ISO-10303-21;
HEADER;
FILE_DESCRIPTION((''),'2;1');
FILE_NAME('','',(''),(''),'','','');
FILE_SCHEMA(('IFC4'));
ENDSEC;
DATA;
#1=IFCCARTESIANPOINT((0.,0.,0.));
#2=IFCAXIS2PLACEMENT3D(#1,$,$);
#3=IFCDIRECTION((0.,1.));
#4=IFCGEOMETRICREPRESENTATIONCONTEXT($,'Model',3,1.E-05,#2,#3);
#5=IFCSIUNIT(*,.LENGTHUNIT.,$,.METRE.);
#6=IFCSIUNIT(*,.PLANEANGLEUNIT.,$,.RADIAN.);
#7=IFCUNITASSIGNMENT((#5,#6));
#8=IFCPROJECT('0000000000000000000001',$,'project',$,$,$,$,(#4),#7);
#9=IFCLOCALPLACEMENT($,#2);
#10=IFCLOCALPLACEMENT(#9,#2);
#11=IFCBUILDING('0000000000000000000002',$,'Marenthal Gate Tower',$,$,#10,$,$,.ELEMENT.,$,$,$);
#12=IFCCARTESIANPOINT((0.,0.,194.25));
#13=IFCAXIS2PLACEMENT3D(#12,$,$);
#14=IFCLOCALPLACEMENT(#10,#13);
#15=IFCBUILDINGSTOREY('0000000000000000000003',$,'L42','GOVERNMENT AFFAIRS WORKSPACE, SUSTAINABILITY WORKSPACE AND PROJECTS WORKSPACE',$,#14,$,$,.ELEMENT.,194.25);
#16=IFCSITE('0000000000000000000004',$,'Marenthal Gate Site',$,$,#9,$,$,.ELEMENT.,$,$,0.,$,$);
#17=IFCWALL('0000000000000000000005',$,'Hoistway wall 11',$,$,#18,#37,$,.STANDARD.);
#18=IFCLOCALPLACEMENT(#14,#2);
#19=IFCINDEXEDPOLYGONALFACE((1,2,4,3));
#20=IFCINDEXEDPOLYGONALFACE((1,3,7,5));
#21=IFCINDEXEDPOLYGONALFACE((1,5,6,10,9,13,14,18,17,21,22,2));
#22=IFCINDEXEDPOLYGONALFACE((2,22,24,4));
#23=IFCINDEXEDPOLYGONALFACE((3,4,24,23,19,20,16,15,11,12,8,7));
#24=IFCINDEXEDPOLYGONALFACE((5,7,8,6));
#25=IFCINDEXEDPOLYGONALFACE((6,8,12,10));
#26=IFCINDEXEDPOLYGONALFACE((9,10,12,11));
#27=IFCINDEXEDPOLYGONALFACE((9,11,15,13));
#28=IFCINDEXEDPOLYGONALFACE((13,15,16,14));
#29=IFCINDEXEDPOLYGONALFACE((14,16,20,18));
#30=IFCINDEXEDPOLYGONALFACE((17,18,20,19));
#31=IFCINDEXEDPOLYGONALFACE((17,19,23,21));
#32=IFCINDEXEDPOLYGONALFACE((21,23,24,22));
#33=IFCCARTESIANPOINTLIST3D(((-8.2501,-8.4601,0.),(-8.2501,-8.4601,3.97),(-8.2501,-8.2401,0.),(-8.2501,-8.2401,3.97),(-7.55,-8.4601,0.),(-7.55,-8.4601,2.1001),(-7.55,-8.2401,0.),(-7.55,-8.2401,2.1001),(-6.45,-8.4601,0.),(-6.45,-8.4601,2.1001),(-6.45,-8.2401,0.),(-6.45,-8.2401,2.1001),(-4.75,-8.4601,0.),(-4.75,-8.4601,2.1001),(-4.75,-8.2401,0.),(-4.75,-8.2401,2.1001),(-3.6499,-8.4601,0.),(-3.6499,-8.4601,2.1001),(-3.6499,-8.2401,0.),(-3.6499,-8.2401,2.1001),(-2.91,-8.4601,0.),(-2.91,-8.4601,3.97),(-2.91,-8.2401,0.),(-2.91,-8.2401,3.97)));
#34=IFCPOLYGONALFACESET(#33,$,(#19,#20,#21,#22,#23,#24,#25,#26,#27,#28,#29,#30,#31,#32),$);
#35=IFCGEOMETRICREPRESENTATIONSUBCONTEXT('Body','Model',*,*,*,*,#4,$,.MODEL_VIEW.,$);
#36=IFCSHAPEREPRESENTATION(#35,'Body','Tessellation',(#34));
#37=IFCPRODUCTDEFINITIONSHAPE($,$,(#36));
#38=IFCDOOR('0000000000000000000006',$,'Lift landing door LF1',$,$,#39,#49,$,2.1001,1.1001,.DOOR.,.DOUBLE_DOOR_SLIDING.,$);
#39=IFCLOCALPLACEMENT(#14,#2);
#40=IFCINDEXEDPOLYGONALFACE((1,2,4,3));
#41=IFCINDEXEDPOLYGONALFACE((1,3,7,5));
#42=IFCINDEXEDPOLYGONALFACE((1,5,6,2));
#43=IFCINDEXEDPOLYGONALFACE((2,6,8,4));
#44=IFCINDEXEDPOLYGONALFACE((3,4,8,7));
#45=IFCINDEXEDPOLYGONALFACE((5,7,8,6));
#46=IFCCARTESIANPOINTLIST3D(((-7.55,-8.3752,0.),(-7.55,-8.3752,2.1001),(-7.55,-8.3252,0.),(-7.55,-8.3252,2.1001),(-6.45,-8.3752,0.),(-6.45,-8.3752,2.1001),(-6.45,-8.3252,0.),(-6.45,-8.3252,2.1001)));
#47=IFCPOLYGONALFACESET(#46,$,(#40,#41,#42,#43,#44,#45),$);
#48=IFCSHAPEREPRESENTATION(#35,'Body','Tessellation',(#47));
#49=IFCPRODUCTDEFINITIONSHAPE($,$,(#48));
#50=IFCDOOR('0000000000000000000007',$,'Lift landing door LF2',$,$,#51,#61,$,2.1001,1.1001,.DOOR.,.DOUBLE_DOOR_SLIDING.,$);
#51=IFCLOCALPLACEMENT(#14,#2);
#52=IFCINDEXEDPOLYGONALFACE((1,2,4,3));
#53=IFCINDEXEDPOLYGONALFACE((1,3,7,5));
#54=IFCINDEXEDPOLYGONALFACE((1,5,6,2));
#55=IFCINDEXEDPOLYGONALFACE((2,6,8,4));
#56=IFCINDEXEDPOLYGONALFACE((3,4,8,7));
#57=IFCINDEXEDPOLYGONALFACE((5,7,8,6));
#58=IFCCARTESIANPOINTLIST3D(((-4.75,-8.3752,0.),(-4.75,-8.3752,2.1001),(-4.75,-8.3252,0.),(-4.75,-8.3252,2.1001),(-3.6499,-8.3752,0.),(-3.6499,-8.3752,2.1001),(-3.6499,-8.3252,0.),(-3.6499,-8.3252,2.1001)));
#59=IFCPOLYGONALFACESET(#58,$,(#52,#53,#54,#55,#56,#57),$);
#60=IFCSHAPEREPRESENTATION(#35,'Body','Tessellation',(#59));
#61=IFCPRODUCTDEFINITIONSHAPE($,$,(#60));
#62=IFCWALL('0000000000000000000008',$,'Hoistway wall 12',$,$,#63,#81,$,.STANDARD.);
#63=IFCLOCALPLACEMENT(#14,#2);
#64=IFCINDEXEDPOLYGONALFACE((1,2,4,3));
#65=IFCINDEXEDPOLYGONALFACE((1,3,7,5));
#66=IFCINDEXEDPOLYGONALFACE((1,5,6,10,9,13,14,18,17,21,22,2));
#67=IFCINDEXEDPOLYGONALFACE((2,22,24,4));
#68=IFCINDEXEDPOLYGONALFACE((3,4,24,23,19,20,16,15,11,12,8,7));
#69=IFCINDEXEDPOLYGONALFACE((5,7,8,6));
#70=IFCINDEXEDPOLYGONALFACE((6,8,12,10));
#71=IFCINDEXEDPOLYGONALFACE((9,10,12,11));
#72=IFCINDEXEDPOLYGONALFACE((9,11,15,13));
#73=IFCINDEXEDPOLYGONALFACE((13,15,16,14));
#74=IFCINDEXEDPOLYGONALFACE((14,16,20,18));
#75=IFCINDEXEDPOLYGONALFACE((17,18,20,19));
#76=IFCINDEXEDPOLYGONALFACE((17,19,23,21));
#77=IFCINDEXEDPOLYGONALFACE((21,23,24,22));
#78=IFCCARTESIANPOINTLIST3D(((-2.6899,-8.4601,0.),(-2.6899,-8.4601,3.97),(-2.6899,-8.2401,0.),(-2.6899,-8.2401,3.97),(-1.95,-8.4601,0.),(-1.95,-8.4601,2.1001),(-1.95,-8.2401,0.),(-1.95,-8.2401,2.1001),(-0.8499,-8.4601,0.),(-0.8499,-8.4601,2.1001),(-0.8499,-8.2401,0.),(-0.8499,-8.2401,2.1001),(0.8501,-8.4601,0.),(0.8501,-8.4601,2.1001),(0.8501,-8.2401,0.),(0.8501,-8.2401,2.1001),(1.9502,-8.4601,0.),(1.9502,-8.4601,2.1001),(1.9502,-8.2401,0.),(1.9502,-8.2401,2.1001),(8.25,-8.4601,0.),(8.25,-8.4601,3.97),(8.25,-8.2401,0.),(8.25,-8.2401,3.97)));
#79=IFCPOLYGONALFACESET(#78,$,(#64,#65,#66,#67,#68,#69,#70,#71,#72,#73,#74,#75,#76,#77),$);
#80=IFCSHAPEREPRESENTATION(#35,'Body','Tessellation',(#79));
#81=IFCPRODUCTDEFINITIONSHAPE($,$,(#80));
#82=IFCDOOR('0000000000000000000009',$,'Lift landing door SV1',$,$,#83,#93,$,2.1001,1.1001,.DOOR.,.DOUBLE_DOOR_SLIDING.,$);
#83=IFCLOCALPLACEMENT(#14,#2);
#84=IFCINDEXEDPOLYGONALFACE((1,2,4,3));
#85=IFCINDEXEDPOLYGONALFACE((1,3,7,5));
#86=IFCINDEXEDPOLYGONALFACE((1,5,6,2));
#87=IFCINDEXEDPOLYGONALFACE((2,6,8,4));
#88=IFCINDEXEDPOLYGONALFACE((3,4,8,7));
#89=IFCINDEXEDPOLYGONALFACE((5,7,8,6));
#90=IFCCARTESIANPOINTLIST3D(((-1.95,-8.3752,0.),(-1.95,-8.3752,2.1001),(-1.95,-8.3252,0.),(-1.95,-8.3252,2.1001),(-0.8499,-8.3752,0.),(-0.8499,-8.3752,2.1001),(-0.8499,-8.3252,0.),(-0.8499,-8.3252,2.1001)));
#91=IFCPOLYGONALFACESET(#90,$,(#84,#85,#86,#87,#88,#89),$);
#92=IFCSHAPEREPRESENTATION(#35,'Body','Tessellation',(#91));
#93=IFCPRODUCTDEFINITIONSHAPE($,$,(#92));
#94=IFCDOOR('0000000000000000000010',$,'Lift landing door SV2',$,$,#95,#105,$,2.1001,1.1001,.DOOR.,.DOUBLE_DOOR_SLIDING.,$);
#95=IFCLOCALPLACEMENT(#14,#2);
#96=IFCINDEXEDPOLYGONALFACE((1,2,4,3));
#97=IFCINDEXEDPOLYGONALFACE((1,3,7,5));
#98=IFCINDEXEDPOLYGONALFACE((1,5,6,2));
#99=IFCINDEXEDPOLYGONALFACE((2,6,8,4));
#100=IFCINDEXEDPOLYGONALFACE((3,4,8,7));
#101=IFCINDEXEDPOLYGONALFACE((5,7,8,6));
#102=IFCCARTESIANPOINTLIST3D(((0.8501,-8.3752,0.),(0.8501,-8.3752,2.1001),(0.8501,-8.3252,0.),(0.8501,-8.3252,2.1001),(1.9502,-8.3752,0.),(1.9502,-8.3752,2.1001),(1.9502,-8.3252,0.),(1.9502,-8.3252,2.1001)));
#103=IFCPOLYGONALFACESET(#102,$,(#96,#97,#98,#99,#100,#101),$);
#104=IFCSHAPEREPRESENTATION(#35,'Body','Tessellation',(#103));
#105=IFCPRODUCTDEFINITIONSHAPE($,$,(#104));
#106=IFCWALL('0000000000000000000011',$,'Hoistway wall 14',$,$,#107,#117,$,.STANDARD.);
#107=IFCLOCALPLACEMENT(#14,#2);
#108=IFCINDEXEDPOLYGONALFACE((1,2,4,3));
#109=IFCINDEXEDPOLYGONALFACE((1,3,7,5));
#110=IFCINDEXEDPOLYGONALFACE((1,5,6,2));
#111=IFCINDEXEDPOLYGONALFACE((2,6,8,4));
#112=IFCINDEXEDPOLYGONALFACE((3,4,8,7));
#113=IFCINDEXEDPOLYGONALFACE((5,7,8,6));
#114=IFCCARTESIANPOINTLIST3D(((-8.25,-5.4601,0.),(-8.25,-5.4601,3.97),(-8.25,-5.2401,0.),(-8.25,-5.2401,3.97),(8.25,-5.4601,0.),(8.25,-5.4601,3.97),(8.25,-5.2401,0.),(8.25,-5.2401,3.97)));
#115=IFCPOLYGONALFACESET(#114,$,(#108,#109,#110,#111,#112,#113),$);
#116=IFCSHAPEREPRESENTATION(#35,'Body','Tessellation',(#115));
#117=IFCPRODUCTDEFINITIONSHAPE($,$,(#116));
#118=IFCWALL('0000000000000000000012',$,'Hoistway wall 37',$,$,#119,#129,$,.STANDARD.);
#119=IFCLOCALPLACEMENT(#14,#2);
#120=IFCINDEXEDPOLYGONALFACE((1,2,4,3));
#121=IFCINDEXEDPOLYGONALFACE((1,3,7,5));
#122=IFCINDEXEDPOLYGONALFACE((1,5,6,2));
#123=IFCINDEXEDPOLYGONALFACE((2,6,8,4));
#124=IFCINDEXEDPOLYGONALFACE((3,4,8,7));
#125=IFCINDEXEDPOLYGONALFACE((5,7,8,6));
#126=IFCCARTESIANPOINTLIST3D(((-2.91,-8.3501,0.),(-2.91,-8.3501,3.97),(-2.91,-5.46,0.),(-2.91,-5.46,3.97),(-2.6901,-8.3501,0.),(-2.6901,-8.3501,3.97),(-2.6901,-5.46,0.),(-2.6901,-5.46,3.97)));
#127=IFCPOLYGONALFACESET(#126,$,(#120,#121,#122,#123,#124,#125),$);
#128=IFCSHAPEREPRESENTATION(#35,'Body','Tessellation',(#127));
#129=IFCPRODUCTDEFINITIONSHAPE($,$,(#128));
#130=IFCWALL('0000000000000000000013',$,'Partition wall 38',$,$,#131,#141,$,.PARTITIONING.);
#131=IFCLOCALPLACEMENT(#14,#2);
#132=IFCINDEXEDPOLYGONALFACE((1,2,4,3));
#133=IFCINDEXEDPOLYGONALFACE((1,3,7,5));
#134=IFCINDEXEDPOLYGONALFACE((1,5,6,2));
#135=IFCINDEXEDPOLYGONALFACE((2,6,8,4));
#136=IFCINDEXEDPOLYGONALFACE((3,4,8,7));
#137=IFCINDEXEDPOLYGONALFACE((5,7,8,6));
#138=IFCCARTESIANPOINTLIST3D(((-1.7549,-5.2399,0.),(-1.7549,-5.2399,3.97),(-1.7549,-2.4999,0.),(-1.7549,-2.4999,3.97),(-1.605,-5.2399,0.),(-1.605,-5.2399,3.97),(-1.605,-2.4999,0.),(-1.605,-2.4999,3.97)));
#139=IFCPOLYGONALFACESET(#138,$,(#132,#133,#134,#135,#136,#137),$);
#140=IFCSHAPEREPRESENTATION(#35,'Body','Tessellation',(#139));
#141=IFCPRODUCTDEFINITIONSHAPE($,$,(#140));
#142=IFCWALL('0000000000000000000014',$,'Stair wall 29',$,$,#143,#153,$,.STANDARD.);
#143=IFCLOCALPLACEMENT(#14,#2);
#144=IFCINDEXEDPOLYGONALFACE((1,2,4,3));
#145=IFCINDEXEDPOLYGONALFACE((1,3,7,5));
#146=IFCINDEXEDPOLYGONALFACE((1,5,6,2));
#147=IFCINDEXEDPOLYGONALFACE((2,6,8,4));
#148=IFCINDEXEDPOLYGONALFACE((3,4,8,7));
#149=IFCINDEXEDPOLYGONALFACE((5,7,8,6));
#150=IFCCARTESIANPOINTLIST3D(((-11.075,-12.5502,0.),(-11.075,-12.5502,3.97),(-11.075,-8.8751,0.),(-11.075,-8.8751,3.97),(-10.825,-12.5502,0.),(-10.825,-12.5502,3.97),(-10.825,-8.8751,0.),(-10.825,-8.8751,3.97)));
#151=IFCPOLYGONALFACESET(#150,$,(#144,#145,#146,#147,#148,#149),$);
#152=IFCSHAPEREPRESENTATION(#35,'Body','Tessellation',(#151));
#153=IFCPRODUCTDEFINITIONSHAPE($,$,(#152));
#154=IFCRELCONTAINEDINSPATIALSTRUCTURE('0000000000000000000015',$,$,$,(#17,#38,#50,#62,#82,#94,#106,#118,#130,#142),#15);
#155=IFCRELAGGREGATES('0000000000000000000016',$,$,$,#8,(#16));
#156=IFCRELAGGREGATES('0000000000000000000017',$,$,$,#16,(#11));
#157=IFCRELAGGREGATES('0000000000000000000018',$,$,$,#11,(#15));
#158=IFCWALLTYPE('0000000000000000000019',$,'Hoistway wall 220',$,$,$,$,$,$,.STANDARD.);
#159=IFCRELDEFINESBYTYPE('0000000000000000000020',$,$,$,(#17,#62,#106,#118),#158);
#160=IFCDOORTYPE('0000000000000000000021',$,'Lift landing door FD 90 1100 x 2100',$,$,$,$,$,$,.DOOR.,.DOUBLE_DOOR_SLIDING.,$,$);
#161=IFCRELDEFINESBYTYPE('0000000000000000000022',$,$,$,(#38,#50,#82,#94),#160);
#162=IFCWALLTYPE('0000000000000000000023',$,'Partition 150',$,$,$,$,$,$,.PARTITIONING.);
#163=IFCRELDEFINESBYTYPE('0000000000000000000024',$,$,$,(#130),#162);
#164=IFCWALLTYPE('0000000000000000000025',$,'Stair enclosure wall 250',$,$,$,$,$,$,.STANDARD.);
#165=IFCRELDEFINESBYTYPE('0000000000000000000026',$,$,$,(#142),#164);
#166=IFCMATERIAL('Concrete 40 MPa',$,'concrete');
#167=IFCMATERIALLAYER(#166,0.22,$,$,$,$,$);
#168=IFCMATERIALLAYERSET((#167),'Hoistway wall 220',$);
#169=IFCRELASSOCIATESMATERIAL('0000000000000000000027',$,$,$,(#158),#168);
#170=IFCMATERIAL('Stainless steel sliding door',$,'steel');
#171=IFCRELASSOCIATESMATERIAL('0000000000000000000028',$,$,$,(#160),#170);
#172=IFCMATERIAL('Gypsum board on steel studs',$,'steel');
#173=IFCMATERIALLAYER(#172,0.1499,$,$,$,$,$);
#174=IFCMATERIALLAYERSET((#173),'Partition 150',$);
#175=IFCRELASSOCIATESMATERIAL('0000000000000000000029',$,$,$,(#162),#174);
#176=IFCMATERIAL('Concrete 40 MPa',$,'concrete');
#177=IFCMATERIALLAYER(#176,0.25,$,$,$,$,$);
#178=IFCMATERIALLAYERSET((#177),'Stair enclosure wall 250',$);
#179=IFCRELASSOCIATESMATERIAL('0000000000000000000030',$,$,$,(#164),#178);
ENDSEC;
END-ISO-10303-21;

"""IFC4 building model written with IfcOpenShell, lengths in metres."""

from ifc_helpers import new_model, si_unit, direction, frame, frame_2d, origin, place, context, subcontext, project, spatial, rectangle, extrude, material, layer, layer_set, type_object, element, fill, save


model = new_model("IFC4")

# Units and contexts
model_context = context("Model", 3, precision=1e-05, world=origin(), true_north=direction((0.0, 1.0)))
body_context = subcontext(model_context, "Body", "Model", "MODEL_VIEW")
ifc_project = project(units=[si_unit("LENGTHUNIT", "METRE"), si_unit("PLANEANGLEUNIT", "RADIAN")], contexts=[model_context])

# Site, building, storey
site_placement = place(None, origin())
site = spatial("IfcSite", under=ifc_project, at=site_placement, Name="Marenthal Gate Site", CompositionType="ELEMENT", RefElevation=0.0)
building_placement = place(site_placement, origin())
building = spatial("IfcBuilding", under=site, at=building_placement, Name="Marenthal Gate Tower", CompositionType="ELEMENT")
storey_placement = place(building_placement, frame((0.0, 0.0, 194.25)))
storey = spatial("IfcBuildingStorey", under=building, at=storey_placement, Name="L42", Description="GOVERNMENT AFFAIRS WORKSPACE, SUSTAINABILITY WORKSPACE AND PROJECTS WORKSPACE", CompositionType="ELEMENT", Elevation=194.25)

# Walls, openings, doors
ifc_material_1 = material(Name="Concrete 40 MPa", Category="concrete")
ifc_layer_1 = layer(ifc_material_1, 0.22)
ifc_layer_set_1 = layer_set([ifc_layer_1], Name="Hoistway wall 220")
wall_type_1 = type_object("IfcWallType", Name="Hoistway wall 220", PredefinedType="STANDARD", material=ifc_layer_set_1)
wall_1_placement = place(storey_placement, frame((-8.25, -8.3501, 0.0), z_axis=(0.0, 0.0, 1.0), x_axis=(1.0, 0.0, 0.0)))
wall_1 = element("IfcWall", 1, at=wall_1_placement, inside=storey, type_object=wall_type_1, Name="Hoistway wall 11", PredefinedType="STANDARD", context=body_context, shape_type="SweptSolid", body=[
    extrude(rectangle(XDim=5.3401, YDim=0.22, at=frame_2d((2.6699, 0.0))), origin(), (0.0, 0.0, 1.0), 3.97),
])
opening_1_placement = place(wall_1_placement, frame((0.7, 0.0, 0.0)))
opening_1 = element("IfcOpeningElement", 2, at=opening_1_placement, cuts=wall_1, PredefinedType="OPENING", context=body_context, shape_type="SweptSolid", body=[
    extrude(rectangle(XDim=1.1001, YDim=2.1001, at=frame_2d((0.55, 1.05))), frame((0.0, 0.1201, 0.0), z_axis=(0.0, -1.0, 0.0), x_axis=(1.0, 0.0, 0.0)), (0.0, 0.0, 1.0), 0.24),
])
opening_2_placement = place(wall_1_placement, frame((3.5, 0.0, 0.0)))
opening_2 = element("IfcOpeningElement", 3, at=opening_2_placement, cuts=wall_1, PredefinedType="OPENING", context=body_context, shape_type="SweptSolid", body=[
    extrude(rectangle(XDim=1.1001, YDim=2.1001, at=frame_2d((0.55, 1.05))), frame((0.0, 0.1201, 0.0), z_axis=(0.0, -1.0, 0.0), x_axis=(1.0, 0.0, 0.0)), (0.0, 0.0, 1.0), 0.24),
])
ifc_material_2 = material(Name="Stainless steel sliding door", Category="steel")
door_type_1 = type_object("IfcDoorType", Name="Lift landing door FD 90 1100 x 2100", OperationType="DOUBLE_DOOR_SLIDING", PredefinedType="DOOR", material=ifc_material_2)
door_1_placement = place(opening_1_placement, origin())
door_1 = element("IfcDoor", 4, at=door_1_placement, inside=storey, type_object=door_type_1, Name="Lift landing door LF1", OperationType="DOUBLE_DOOR_SLIDING", OverallHeight=2.1001, OverallWidth=1.1001, PredefinedType="DOOR", context=body_context, shape_type="SweptSolid", body=[
    extrude(rectangle(XDim=1.1001, YDim=2.1001, at=frame_2d((0.55, 1.05))), frame((0.0, 0.0249, 0.0), z_axis=(0.0, -1.0, 0.0), x_axis=(1.0, 0.0, 0.0)), (0.0, 0.0, 1.0), 0.05),
])
fill(opening_1, door_1)
door_2_placement = place(opening_2_placement, origin())
door_2 = element("IfcDoor", 5, at=door_2_placement, inside=storey, type_object=door_type_1, Name="Lift landing door LF2", OperationType="DOUBLE_DOOR_SLIDING", OverallHeight=2.1001, OverallWidth=1.1001, PredefinedType="DOOR", context=body_context, shape_type="SweptSolid", body=[
    extrude(rectangle(XDim=1.1001, YDim=2.1001, at=frame_2d((0.55, 1.05))), frame((0.0, 0.0249, 0.0), z_axis=(0.0, -1.0, 0.0), x_axis=(1.0, 0.0, 0.0)), (0.0, 0.0, 1.0), 0.05),
])
fill(opening_2, door_2)
wall_2_placement = place(storey_placement, frame((-2.6899, -8.3501, 0.0), z_axis=(0.0, 0.0, 1.0), x_axis=(1.0, 0.0, 0.0)))
wall_2 = element("IfcWall", 6, at=wall_2_placement, inside=storey, type_object=wall_type_1, Name="Hoistway wall 12", PredefinedType="STANDARD", context=body_context, shape_type="SweptSolid", body=[
    extrude(rectangle(XDim=10.9399, YDim=0.22, at=frame_2d((5.47, 0.0))), origin(), (0.0, 0.0, 1.0), 3.97),
])
opening_3_placement = place(wall_2_placement, frame((0.74, 0.0, 0.0)))
opening_3 = element("IfcOpeningElement", 7, at=opening_3_placement, cuts=wall_2, PredefinedType="OPENING", context=body_context, shape_type="SweptSolid", body=[
    extrude(rectangle(XDim=1.1001, YDim=2.1001, at=frame_2d((0.55, 1.05))), frame((0.0, 0.1201, 0.0), z_axis=(0.0, -1.0, 0.0), x_axis=(1.0, 0.0, 0.0)), (0.0, 0.0, 1.0), 0.24),
])
opening_4_placement = place(wall_2_placement, frame((3.54, 0.0, 0.0)))
opening_4 = element("IfcOpeningElement", 8, at=opening_4_placement, cuts=wall_2, PredefinedType="OPENING", context=body_context, shape_type="SweptSolid", body=[
    extrude(rectangle(XDim=1.1001, YDim=2.1001, at=frame_2d((0.55, 1.05))), frame((0.0, 0.1201, 0.0), z_axis=(0.0, -1.0, 0.0), x_axis=(1.0, 0.0, 0.0)), (0.0, 0.0, 1.0), 0.24),
])
door_3_placement = place(opening_3_placement, origin())
door_3 = element("IfcDoor", 9, at=door_3_placement, inside=storey, type_object=door_type_1, Name="Lift landing door SV1", OperationType="DOUBLE_DOOR_SLIDING", OverallHeight=2.1001, OverallWidth=1.1001, PredefinedType="DOOR", context=body_context, shape_type="SweptSolid", body=[
    extrude(rectangle(XDim=1.1001, YDim=2.1001, at=frame_2d((0.55, 1.05))), frame((0.0, 0.0249, 0.0), z_axis=(0.0, -1.0, 0.0), x_axis=(1.0, 0.0, 0.0)), (0.0, 0.0, 1.0), 0.05),
])
fill(opening_3, door_3)
door_4_placement = place(opening_4_placement, origin())
door_4 = element("IfcDoor", 10, at=door_4_placement, inside=storey, type_object=door_type_1, Name="Lift landing door SV2", OperationType="DOUBLE_DOOR_SLIDING", OverallHeight=2.1001, OverallWidth=1.1001, PredefinedType="DOOR", context=body_context, shape_type="SweptSolid", body=[
    extrude(rectangle(XDim=1.1001, YDim=2.1001, at=frame_2d((0.55, 1.05))), frame((0.0, 0.0249, 0.0), z_axis=(0.0, -1.0, 0.0), x_axis=(1.0, 0.0, 0.0)), (0.0, 0.0, 1.0), 0.05),
])
fill(opening_4, door_4)

# Walls
wall_3_placement = place(storey_placement, frame((-8.25, -5.3501, 0.0), z_axis=(0.0, 0.0, 1.0), x_axis=(1.0, 0.0, 0.0)))
element("IfcWall", 11, at=wall_3_placement, inside=storey, type_object=wall_type_1, Name="Hoistway wall 14", PredefinedType="STANDARD", context=body_context, shape_type="SweptSolid", body=[
    extrude(rectangle(XDim=16.5, YDim=0.22, at=frame_2d((8.25, 0.0))), origin(), (0.0, 0.0, 1.0), 3.97),
])
wall_4_placement = place(storey_placement, frame((-2.8, -8.3501, 0.0), z_axis=(0.0, 0.0, 1.0), x_axis=(0.0, 1.0, 0.0)))
element("IfcWall", 12, at=wall_4_placement, inside=storey, type_object=wall_type_1, Name="Hoistway wall 37", PredefinedType="STANDARD", context=body_context, shape_type="SweptSolid", body=[
    extrude(rectangle(XDim=2.8901, YDim=0.22, at=frame_2d((1.4451, 0.0))), origin(), (0.0, 0.0, 1.0), 3.97),
])
ifc_material_3 = material(Name="Gypsum board on steel studs", Category="steel")
ifc_layer_2 = layer(ifc_material_3, 0.1499)
ifc_layer_set_2 = layer_set([ifc_layer_2], Name="Partition 150")
wall_type_2 = type_object("IfcWallType", Name="Partition 150", PredefinedType="PARTITIONING", material=ifc_layer_set_2)
wall_5_placement = place(storey_placement, frame((-1.6799, -5.24, 0.0), z_axis=(0.0, 0.0, 1.0), x_axis=(0.0, 1.0, 0.0)))
element("IfcWall", 13, at=wall_5_placement, inside=storey, type_object=wall_type_2, Name="Partition wall 38", PredefinedType="PARTITIONING", context=body_context, shape_type="SweptSolid", body=[
    extrude(rectangle(XDim=2.74, YDim=0.1499, at=frame_2d((1.3701, 0.0))), origin(), (0.0, 0.0, 1.0), 3.97),
])
ifc_material_4 = material(Name="Concrete 40 MPa", Category="concrete")
ifc_layer_3 = layer(ifc_material_4, 0.25)
ifc_layer_set_3 = layer_set([ifc_layer_3], Name="Stair enclosure wall 250")
wall_type_3 = type_object("IfcWallType", Name="Stair enclosure wall 250", PredefinedType="STANDARD", material=ifc_layer_set_3)
wall_6_placement = place(storey_placement, frame((-10.95, -12.55, 0.0), z_axis=(0.0, 0.0, 1.0), x_axis=(0.0, 1.0, 0.0)))
element("IfcWall", 14, at=wall_6_placement, inside=storey, type_object=wall_type_3, Name="Stair wall 29", PredefinedType="STANDARD", context=body_context, shape_type="SweptSolid", body=[
    extrude(rectangle(XDim=3.675, YDim=0.25, at=frame_2d((1.8374, 0.0))), origin(), (0.0, 0.0, 1.0), 3.97),
])

save(model, "model.ifc")
